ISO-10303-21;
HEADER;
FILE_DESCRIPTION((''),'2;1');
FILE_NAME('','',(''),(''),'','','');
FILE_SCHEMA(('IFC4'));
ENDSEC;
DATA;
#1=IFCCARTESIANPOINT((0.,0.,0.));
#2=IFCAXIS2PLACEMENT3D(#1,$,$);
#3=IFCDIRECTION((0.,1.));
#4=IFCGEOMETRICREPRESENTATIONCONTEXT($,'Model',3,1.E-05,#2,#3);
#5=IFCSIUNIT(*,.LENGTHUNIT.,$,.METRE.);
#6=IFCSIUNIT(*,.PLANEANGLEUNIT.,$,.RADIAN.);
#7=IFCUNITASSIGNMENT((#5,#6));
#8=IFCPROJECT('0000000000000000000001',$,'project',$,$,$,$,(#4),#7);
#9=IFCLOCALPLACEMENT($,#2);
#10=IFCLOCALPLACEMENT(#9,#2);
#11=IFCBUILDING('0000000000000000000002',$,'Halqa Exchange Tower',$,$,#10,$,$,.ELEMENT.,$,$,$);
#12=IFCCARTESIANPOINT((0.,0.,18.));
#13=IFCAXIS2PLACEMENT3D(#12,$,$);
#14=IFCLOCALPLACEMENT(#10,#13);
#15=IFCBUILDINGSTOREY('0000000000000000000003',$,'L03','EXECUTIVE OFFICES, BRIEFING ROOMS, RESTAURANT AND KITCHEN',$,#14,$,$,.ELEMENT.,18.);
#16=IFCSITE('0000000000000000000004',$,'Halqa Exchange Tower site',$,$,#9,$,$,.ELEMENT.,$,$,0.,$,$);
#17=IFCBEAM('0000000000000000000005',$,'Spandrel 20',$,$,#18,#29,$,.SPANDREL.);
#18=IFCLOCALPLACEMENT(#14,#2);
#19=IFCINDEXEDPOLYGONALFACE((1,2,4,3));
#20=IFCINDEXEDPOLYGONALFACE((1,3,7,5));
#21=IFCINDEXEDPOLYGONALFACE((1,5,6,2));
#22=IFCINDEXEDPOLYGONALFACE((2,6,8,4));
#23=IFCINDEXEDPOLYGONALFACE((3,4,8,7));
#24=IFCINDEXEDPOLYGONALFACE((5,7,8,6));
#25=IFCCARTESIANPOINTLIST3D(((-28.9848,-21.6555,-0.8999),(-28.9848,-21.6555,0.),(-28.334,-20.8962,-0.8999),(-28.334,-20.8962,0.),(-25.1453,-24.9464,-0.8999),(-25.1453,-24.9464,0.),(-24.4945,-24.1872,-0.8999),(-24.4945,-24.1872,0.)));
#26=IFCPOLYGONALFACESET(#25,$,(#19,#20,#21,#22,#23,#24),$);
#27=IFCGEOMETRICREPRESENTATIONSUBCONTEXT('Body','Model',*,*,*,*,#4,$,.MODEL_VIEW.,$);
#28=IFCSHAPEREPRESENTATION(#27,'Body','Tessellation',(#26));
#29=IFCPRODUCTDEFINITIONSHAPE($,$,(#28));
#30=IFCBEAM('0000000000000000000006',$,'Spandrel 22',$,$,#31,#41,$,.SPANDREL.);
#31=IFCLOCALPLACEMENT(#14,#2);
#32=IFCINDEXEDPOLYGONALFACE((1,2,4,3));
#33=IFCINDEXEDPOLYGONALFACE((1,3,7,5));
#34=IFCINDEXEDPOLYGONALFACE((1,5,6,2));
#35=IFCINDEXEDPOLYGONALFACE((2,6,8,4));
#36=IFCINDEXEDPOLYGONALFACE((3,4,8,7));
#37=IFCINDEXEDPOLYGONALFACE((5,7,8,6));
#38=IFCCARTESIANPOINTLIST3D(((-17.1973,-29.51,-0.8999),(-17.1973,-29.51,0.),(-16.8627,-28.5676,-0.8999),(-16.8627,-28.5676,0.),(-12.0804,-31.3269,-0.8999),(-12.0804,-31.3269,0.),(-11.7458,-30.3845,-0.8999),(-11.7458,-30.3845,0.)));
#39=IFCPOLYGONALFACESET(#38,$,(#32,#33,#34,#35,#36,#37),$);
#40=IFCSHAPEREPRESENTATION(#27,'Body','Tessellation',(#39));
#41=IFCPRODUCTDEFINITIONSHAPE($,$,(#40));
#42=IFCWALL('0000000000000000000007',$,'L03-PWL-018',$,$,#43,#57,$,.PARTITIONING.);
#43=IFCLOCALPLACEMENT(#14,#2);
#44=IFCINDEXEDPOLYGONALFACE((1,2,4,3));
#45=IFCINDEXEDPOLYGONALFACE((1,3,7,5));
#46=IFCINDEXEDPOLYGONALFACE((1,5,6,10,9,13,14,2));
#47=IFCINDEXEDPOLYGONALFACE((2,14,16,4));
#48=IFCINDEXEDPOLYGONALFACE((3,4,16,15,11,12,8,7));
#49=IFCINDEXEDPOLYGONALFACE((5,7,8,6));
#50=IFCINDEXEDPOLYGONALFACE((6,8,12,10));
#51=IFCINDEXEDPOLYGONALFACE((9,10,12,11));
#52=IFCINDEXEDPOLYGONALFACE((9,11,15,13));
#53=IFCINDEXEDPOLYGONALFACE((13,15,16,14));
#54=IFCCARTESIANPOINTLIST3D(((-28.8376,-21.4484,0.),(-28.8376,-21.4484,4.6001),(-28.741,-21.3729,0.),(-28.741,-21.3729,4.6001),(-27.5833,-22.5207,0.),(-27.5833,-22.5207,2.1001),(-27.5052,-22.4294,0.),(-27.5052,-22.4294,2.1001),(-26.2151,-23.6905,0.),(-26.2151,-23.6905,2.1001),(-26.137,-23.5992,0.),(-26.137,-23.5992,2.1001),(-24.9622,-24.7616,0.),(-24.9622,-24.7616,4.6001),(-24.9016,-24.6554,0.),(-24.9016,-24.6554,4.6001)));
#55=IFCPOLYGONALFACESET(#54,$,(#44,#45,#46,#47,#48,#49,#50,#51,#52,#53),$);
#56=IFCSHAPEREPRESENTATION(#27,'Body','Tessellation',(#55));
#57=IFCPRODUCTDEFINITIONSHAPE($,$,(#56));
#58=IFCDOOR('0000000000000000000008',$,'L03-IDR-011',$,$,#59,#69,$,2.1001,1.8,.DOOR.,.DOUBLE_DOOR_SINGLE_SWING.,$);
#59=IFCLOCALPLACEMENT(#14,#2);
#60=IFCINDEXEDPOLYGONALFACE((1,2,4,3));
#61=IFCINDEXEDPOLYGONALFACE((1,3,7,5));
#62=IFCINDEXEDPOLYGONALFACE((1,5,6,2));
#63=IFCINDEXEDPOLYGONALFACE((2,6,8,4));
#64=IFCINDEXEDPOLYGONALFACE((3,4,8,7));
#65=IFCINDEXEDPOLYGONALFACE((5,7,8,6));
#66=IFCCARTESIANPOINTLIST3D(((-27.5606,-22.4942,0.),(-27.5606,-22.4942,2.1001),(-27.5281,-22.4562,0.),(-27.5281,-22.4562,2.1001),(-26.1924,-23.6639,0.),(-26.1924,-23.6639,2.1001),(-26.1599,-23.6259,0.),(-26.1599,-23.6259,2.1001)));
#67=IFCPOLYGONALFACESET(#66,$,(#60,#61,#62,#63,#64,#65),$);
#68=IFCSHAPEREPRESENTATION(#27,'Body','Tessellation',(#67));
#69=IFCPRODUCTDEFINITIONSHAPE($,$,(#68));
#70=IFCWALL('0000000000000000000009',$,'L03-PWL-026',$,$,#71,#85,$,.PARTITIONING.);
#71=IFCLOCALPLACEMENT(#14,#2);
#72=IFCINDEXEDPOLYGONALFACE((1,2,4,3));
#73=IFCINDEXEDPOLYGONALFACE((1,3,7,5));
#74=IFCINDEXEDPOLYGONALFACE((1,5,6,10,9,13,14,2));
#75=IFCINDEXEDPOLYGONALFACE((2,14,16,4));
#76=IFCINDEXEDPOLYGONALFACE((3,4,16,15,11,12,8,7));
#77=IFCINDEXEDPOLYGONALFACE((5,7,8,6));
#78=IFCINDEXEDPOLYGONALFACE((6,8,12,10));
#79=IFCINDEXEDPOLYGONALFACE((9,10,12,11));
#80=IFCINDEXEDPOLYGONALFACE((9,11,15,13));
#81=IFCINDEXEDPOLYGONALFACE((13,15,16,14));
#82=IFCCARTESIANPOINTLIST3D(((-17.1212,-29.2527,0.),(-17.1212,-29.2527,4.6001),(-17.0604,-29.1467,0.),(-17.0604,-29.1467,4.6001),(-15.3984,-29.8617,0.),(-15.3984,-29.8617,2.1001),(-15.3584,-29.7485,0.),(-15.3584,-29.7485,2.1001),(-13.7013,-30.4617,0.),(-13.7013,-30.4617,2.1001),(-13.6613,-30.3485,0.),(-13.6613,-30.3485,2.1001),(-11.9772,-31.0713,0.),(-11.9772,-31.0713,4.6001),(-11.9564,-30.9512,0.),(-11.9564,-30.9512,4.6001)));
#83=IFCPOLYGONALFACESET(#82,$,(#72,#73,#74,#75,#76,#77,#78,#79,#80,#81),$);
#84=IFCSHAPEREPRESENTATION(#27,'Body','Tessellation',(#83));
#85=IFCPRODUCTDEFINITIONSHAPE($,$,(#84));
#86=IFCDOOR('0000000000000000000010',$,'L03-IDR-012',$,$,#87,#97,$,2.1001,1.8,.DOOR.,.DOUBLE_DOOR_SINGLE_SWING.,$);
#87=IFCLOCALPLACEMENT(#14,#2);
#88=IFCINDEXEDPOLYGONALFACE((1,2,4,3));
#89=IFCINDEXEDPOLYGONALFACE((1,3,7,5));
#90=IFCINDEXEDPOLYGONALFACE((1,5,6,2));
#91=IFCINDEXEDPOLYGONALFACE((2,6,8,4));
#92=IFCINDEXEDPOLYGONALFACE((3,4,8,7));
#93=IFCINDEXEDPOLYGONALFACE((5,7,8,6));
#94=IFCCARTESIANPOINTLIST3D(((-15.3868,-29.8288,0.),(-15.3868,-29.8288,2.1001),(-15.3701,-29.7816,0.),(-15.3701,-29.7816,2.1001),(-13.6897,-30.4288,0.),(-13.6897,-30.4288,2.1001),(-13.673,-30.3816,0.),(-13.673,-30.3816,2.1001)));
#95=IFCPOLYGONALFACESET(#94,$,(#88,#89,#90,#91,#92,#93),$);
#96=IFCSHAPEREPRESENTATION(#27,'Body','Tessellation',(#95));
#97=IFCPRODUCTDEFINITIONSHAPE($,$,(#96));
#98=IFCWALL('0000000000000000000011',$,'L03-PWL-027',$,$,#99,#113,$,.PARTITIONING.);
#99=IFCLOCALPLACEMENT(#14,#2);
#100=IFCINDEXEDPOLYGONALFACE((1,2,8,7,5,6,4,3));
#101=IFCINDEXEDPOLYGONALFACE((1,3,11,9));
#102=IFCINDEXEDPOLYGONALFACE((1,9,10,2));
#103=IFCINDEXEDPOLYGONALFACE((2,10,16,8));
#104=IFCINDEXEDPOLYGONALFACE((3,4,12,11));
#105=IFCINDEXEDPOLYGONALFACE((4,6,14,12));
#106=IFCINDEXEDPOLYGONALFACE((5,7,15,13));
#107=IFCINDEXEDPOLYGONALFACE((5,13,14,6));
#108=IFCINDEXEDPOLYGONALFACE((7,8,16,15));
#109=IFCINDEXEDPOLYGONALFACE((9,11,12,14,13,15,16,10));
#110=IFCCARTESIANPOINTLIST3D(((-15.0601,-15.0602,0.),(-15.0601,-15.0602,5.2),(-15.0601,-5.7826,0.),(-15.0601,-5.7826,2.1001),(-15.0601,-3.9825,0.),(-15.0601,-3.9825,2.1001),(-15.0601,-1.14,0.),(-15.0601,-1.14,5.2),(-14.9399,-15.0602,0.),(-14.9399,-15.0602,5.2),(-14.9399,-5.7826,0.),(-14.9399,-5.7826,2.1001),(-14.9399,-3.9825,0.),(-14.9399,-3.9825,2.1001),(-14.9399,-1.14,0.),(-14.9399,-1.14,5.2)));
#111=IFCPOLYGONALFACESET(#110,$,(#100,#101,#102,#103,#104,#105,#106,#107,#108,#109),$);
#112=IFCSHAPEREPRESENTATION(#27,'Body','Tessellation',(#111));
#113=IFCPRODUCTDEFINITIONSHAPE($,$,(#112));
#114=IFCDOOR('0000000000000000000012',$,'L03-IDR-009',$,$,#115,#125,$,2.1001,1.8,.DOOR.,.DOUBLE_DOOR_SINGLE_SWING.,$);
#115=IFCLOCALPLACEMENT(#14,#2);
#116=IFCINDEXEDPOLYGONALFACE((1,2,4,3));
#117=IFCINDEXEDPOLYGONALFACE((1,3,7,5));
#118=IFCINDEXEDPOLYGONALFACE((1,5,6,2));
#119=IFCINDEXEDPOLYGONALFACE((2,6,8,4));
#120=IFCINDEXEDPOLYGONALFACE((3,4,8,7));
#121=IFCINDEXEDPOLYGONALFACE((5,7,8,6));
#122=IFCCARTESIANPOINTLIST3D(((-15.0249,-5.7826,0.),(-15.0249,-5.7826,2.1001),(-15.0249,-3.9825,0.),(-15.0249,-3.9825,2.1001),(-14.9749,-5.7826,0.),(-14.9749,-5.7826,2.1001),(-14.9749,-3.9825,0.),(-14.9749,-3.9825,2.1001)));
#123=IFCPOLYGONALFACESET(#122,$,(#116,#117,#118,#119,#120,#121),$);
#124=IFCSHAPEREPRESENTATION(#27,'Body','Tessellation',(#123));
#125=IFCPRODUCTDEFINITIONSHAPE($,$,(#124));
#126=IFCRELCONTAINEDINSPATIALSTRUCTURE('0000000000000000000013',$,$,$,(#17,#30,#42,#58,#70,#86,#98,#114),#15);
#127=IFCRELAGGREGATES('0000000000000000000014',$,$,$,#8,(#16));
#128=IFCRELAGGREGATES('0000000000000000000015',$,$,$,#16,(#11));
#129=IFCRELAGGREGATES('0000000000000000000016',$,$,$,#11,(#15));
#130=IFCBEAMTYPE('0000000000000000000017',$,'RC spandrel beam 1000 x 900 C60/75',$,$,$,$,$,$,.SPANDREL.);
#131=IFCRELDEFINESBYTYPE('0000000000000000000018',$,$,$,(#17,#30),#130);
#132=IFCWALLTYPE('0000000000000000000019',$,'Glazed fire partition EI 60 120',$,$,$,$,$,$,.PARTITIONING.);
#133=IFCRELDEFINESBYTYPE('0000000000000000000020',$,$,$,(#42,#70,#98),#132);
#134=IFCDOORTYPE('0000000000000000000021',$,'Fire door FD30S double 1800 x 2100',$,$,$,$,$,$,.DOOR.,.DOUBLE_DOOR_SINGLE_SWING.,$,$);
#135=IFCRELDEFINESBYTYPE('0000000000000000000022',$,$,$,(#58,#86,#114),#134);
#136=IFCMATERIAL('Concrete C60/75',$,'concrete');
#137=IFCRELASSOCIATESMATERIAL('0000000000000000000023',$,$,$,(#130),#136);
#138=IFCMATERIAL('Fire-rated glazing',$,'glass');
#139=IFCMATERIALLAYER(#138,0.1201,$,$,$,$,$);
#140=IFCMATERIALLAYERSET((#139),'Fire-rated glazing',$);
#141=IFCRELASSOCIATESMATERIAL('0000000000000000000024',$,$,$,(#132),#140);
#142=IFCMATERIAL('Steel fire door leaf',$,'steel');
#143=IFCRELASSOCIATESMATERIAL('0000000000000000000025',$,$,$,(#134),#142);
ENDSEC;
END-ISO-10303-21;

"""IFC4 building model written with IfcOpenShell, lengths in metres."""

from ifc_helpers import new_model, si_unit, direction, frame, frame_2d, origin, origin_2d, place, context, subcontext, project, spatial, polyline, rectangle, outline, extrude, material, layer, layer_set, material_profile, profile_set, type_object, element, fill, save


model = new_model("IFC4")

# Units and contexts
model_context = context("Model", 3, precision=1e-05, world=origin(), true_north=direction((0.0, 1.0)))
body_context = subcontext(model_context, "Body", "Model", "MODEL_VIEW")
ifc_project = project(units=[si_unit("LENGTHUNIT", "METRE"), si_unit("PLANEANGLEUNIT", "RADIAN")], contexts=[model_context])

# Site, building, storey
site_placement = place(None, origin())
site = spatial("IfcSite", under=ifc_project, at=site_placement, Name="Halqa Exchange Tower site", CompositionType="ELEMENT", RefElevation=0.0)
building_placement = place(site_placement, origin())
building = spatial("IfcBuilding", under=site, at=building_placement, Name="Halqa Exchange Tower", CompositionType="ELEMENT")
storey_placement = place(building_placement, frame((0.0, 0.0, 18.0)))
storey = spatial("IfcBuildingStorey", under=building, at=storey_placement, Name="L03", Description="EXECUTIVE OFFICES, BRIEFING ROOMS, RESTAURANT AND KITCHEN", CompositionType="ELEMENT", Elevation=18.0)

# Beams
ifc_material_1 = material(Name="Concrete C60/75", Category="concrete")
ifc_material_profile_1 = material_profile(ifc_material_1, rectangle(XDim=1.0, YDim=0.8999, at=origin_2d()), Name="1000 x 900")
ifc_profile_set_1 = profile_set([ifc_material_profile_1], Name="Concrete C60/75")
beam_type_1 = type_object("IfcBeamType", Name="RC spandrel beam 1000 x 900 C60/75", PredefinedType="SPANDREL", material=ifc_profile_set_1)
beam_1_placement = place(storey_placement, frame((-28.6594, -21.2759, -0.45), z_axis=(0.759263, -0.650783, 0.0), x_axis=(0.650783, 0.759263, 0.0)))
element("IfcBeam", 1, at=beam_1_placement, inside=storey, type_object=beam_type_1, Name="Spandrel 20", PredefinedType="SPANDREL", context=body_context, shape_type="SweptSolid", body=[
    extrude(rectangle(XDim=1.0, YDim=0.8999, at=origin_2d()), origin(), (0.0, 0.0, 1.0), 5.0569),
])
beam_2_placement = place(storey_placement, frame((-17.03, -29.0388, -0.45), z_axis=(0.942358, -0.334607, 0.0), x_axis=(0.334607, 0.942358, 0.0)))
element("IfcBeam", 2, at=beam_2_placement, inside=storey, type_object=beam_type_1, Name="Spandrel 22", PredefinedType="SPANDREL", context=body_context, shape_type="SweptSolid", body=[
    extrude(rectangle(XDim=1.0, YDim=0.8999, at=origin_2d()), origin(), (0.0, 0.0, 1.0), 5.4299),
])

# Walls, openings, doors
ifc_material_2 = material(Name="Fire-rated glazing", Category="glass")
ifc_layer_1 = layer(ifc_material_2, 0.1201)
ifc_layer_set_1 = layer_set([ifc_layer_1], Name="Fire-rated glazing")
wall_type_1 = type_object("IfcWallType", Name="Glazed fire partition EI 60 120", PredefinedType="PARTITIONING", material=ifc_layer_set_1)
wall_1_placement = place(storey_placement, frame((-28.7893, -21.4106, 0.0), z_axis=(0.0, 0.0, 1.0), x_axis=(0.760085, -0.649824, 0.0)))
wall_1 = element("IfcWall", 3, at=wall_1_placement, inside=storey, type_object=wall_type_1, Name="L03-PWL-018", PredefinedType="PARTITIONING", context=body_context, shape_type="SweptSolid", body=[
    extrude(outline(polyline([(-0.0122, -0.0601), (5.0864, -0.0601), (5.0635, 0.0601), (0.0122, 0.0601), (-0.0122, -0.0601)])), origin(), (0.0, 0.0, 1.0), 4.6001),
])
opening_1_placement = place(wall_1_placement, frame((1.6382, 0.0, 0.0)))
opening_1 = element("IfcOpeningElement", 4, at=opening_1_placement, cuts=wall_1, PredefinedType="OPENING", context=body_context, shape_type="SweptSolid", body=[
    extrude(rectangle(XDim=1.8, YDim=2.1001, at=frame_2d((0.8999, 1.05))), frame((0.0, 0.072, 0.0), z_axis=(0.0, -1.0, 0.0), x_axis=(1.0, 0.0, 0.0)), (0.0, 0.0, 1.0), 0.144),
])
ifc_material_3 = material(Name="Steel fire door leaf", Category="steel")
door_type_1 = type_object("IfcDoorType", Name="Fire door FD30S double 1800 x 2100", OperationType="DOUBLE_DOOR_SINGLE_SWING", PredefinedType="DOOR", material=ifc_material_3)
door_1_placement = place(opening_1_placement, origin())
door_1 = element("IfcDoor", 5, at=door_1_placement, inside=storey, type_object=door_type_1, Name="L03-IDR-011", OperationType="DOUBLE_DOOR_SINGLE_SWING", OverallHeight=2.1001, OverallWidth=1.8, PredefinedType="DOOR", context=body_context, shape_type="SweptSolid", body=[
    extrude(rectangle(XDim=1.8, YDim=2.1001, at=frame_2d((0.8999, 1.05))), frame((0.0, 0.0249, 0.0), z_axis=(0.0, -1.0, 0.0), x_axis=(1.0, 0.0, 0.0)), (0.0, 0.0, 1.0), 0.05),
])
fill(opening_1, door_1)
wall_2_placement = place(storey_placement, frame((-17.0908, -29.1997, 0.0), z_axis=(0.0, 0.0, 1.0), x_axis=(0.942814, -0.333318, 0.0)))
wall_2 = element("IfcWall", 6, at=wall_2_placement, inside=storey, type_object=wall_type_1, Name="L03-PWL-026", PredefinedType="PARTITIONING", context=body_context, shape_type="SweptSolid", body=[
    extrude(outline(polyline([(-0.011, -0.0601), (5.4451, -0.0601), (5.4246, 0.0601), (0.011, 0.0601), (-0.011, -0.0601)])), origin(), (0.0, 0.0, 1.0), 4.6001),
])
opening_2_placement = place(wall_2_placement, frame((1.8164, 0.0, 0.0)))
opening_2 = element("IfcOpeningElement", 7, at=opening_2_placement, cuts=wall_2, PredefinedType="OPENING", context=body_context, shape_type="SweptSolid", body=[
    extrude(rectangle(XDim=1.8, YDim=2.1001, at=frame_2d((0.8999, 1.05))), frame((0.0, 0.072, 0.0), z_axis=(0.0, -1.0, 0.0), x_axis=(1.0, 0.0, 0.0)), (0.0, 0.0, 1.0), 0.144),
])
door_2_placement = place(opening_2_placement, origin())
door_2 = element("IfcDoor", 8, at=door_2_placement, inside=storey, type_object=door_type_1, Name="L03-IDR-012", OperationType="DOUBLE_DOOR_SINGLE_SWING", OverallHeight=2.1001, OverallWidth=1.8, PredefinedType="DOOR", context=body_context, shape_type="SweptSolid", body=[
    extrude(rectangle(XDim=1.8, YDim=2.1001, at=frame_2d((0.8999, 1.05))), frame((0.0, 0.0249, 0.0), z_axis=(0.0, -1.0, 0.0), x_axis=(1.0, 0.0, 0.0)), (0.0, 0.0, 1.0), 0.05),
])
fill(opening_2, door_2)
wall_3_placement = place(storey_placement, frame((-15.0, -15.0601, 0.0), z_axis=(0.0, 0.0, 1.0), x_axis=(0.0, 1.0, 0.0)))
wall_3 = element("IfcWall", 9, at=wall_3_placement, inside=storey, type_object=wall_type_1, Name="L03-PWL-027", PredefinedType="PARTITIONING", context=body_context, shape_type="SweptSolid", body=[
    extrude(rectangle(XDim=13.9202, YDim=0.1201, at=frame_2d((6.96, 0.0))), origin(), (0.0, 0.0, 1.0), 5.2),
])
opening_3_placement = place(wall_3_placement, frame((9.2776, 0.0, 0.0)))
opening_3 = element("IfcOpeningElement", 10, at=opening_3_placement, cuts=wall_3, PredefinedType="OPENING", context=body_context, shape_type="SweptSolid", body=[
    extrude(rectangle(XDim=1.8, YDim=2.1001, at=frame_2d((0.8999, 1.05))), frame((0.0, 0.072, 0.0), z_axis=(0.0, -1.0, 0.0), x_axis=(1.0, 0.0, 0.0)), (0.0, 0.0, 1.0), 0.144),
])
door_3_placement = place(opening_3_placement, origin())
door_3 = element("IfcDoor", 11, at=door_3_placement, inside=storey, type_object=door_type_1, Name="L03-IDR-009", OperationType="DOUBLE_DOOR_SINGLE_SWING", OverallHeight=2.1001, OverallWidth=1.8, PredefinedType="DOOR", context=body_context, shape_type="SweptSolid", body=[
    extrude(rectangle(XDim=1.8, YDim=2.1001, at=frame_2d((0.8999, 1.05))), frame((0.0, 0.0249, 0.0), z_axis=(0.0, -1.0, 0.0), x_axis=(1.0, 0.0, 0.0)), (0.0, 0.0, 1.0), 0.05),
])
fill(opening_3, door_3)

save(model, "model.ifc")
